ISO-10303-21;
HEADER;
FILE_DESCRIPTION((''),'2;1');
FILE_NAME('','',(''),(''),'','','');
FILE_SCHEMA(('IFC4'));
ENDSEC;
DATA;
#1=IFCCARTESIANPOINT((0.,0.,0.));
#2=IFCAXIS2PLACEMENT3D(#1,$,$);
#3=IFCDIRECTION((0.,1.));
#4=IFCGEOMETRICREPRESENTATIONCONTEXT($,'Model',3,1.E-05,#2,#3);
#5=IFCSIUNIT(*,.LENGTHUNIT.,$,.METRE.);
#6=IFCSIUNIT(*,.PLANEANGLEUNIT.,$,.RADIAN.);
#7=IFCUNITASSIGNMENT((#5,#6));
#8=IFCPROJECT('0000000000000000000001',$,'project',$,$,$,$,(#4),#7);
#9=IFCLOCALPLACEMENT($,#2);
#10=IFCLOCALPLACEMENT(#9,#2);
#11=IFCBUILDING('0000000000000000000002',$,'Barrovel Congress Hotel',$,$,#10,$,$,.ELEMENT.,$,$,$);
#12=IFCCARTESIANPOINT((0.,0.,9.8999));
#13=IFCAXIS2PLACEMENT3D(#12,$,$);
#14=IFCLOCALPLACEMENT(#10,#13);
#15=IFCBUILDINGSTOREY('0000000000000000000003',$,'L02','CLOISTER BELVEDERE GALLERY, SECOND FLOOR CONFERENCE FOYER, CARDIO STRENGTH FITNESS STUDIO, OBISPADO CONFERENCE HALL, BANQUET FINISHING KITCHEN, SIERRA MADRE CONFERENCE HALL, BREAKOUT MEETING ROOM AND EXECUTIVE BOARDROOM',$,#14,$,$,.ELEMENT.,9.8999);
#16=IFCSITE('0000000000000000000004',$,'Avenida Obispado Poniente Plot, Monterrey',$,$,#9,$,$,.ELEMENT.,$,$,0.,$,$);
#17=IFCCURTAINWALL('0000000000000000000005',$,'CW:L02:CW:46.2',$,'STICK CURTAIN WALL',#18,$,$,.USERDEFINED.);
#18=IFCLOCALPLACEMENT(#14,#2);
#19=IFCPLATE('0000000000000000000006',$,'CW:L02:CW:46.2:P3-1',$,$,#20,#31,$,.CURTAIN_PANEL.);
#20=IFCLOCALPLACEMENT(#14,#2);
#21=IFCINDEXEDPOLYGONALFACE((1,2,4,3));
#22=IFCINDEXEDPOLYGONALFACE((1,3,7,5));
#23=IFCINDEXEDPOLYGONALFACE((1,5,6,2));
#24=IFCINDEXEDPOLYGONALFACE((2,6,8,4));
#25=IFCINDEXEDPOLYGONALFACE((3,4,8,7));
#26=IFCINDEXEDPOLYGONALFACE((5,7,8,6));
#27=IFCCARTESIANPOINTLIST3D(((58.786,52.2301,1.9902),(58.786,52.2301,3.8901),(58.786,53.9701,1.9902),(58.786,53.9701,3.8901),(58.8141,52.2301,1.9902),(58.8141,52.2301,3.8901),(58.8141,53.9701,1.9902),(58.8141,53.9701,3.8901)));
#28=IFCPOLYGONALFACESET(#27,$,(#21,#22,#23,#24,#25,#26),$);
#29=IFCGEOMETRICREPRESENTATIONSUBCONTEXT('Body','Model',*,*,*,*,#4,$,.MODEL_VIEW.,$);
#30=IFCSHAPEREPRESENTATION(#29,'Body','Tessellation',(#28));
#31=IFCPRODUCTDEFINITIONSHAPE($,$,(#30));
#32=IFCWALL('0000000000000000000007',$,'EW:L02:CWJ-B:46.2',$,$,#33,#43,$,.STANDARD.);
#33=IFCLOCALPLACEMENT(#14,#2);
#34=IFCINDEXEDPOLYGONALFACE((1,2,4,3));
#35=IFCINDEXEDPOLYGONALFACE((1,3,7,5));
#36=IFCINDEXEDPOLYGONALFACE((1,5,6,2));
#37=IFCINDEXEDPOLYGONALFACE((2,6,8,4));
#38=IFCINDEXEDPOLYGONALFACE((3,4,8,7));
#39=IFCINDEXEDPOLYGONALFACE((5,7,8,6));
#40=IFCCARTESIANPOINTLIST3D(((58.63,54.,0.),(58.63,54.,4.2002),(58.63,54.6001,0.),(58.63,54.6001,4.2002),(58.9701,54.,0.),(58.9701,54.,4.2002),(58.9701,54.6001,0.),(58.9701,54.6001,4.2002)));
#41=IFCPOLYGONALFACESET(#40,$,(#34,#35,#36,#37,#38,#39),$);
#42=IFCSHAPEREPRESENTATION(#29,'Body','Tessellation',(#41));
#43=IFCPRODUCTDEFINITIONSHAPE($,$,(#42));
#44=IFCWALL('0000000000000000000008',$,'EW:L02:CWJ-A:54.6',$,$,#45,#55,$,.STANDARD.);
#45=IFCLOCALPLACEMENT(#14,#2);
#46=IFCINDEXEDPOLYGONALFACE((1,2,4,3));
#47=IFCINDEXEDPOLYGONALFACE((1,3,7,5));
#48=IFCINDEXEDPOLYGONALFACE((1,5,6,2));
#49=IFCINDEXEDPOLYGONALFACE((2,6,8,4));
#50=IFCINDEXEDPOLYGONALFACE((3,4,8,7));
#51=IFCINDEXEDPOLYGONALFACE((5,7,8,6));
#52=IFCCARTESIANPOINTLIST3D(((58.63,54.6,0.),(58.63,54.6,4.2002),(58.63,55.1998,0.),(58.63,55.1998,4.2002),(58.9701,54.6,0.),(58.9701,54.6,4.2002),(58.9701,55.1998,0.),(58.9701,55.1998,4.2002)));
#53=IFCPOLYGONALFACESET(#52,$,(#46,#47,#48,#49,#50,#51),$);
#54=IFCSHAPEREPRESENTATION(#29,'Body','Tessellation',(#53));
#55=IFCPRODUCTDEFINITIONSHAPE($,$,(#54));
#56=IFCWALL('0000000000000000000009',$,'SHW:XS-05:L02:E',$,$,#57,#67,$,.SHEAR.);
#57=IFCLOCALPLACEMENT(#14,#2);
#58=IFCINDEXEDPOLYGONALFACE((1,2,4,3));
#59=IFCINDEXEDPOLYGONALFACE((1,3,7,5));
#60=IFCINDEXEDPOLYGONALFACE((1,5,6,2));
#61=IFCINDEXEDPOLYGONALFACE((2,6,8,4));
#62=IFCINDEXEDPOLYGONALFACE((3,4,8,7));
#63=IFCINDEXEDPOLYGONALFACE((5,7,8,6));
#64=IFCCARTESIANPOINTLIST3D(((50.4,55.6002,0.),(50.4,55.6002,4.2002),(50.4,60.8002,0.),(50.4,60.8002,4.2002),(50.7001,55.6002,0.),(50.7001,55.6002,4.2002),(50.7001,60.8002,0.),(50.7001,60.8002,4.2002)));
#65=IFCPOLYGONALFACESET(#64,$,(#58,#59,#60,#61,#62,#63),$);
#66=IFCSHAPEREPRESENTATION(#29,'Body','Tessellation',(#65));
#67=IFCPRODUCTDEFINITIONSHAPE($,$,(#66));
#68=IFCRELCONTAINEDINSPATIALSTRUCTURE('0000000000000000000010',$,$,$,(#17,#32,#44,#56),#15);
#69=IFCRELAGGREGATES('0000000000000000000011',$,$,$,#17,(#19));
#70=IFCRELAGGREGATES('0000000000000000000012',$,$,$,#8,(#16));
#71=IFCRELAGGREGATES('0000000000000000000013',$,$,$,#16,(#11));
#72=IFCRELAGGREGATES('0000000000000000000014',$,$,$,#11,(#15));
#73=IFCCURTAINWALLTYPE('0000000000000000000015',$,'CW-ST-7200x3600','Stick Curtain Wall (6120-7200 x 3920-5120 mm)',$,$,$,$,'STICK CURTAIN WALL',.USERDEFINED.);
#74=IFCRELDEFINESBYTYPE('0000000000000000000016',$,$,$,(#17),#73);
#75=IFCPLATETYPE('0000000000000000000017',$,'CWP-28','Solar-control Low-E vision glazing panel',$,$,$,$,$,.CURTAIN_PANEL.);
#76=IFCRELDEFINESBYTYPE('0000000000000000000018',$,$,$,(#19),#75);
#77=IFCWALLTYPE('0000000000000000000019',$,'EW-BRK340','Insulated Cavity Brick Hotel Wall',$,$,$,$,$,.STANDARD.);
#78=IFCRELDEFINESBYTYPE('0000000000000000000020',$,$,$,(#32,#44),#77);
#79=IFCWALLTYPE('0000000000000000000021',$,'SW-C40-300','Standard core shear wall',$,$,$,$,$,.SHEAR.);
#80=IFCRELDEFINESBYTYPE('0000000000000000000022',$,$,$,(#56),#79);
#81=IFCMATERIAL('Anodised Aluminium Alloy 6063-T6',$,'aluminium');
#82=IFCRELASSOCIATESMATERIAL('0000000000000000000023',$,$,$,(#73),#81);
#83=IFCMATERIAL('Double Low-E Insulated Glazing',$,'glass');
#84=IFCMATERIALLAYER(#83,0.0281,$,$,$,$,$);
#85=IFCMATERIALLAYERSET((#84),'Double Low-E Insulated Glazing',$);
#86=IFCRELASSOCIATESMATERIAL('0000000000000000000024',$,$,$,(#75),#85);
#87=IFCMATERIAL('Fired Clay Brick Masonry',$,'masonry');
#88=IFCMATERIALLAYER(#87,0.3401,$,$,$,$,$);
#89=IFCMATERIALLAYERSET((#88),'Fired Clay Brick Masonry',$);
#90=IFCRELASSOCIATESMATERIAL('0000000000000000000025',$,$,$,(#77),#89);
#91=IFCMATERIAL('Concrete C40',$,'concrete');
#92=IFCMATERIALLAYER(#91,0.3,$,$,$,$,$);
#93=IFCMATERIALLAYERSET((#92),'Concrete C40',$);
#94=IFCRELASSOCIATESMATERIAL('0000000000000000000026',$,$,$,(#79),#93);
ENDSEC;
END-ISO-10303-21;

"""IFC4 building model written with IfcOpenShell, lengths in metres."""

from ifc_helpers import new_model, si_unit, direction, frame, frame_2d, origin, origin_2d, place, context, subcontext, project, spatial, rectangle, extrude, material, layer, layer_set, type_object, element, aggregate, save


model = new_model("IFC4")

# Units and contexts
model_context = context("Model", 3, precision=1e-05, world=origin(), true_north=direction((0.0, 1.0)))
body_context = subcontext(model_context, "Body", "Model", "MODEL_VIEW")
ifc_project = project(units=[si_unit("LENGTHUNIT", "METRE"), si_unit("PLANEANGLEUNIT", "RADIAN")], contexts=[model_context])

# Site, building, storey
site_placement = place(None, origin())
site = spatial("IfcSite", under=ifc_project, at=site_placement, Name="Avenida Obispado Poniente Plot, Monterrey", CompositionType="ELEMENT", RefElevation=0.0)
building_placement = place(site_placement, origin())
building = spatial("IfcBuilding", under=site, at=building_placement, Name="Barrovel Congress Hotel", CompositionType="ELEMENT")
storey_placement = place(building_placement, frame((0.0, 0.0, 9.8999)))
storey = spatial("IfcBuildingStorey", under=building, at=storey_placement, Name="L02", Description="CLOISTER BELVEDERE GALLERY, SECOND FLOOR CONFERENCE FOYER, CARDIO STRENGTH FITNESS STUDIO, OBISPADO CONFERENCE HALL, BANQUET FINISHING KITCHEN, SIERRA MADRE CONFERENCE HALL, BREAKOUT MEETING ROOM AND EXECUTIVE BOARDROOM", CompositionType="ELEMENT", Elevation=9.8999)

# Shared definitions
ifc_material_1 = material(Name="Concrete C40", Category="concrete")

# Curtain wall
ifc_material_2 = material(Name="Anodised Aluminium Alloy 6063-T6", Category="aluminium")
curtain_wall_type = type_object("IfcCurtainWallType", Name="CW-ST-7200x3600", Description="Stick Curtain Wall (6120-7200 x 3920-5120 mm)", ElementType="STICK CURTAIN WALL", PredefinedType="USERDEFINED", material=ifc_material_2)
curtain_wall_placement = place(storey_placement, origin())
curtain_wall = element("IfcCurtainWall", 1, at=curtain_wall_placement, inside=storey, type_object=curtain_wall_type, Name="CW:L02:CW:46.2", ObjectType="STICK CURTAIN WALL", PredefinedType="USERDEFINED")

# Plate
ifc_material_3 = material(Name="Double Low-E Insulated Glazing", Category="glass")
ifc_layer_1 = layer(ifc_material_3, 0.0281)
ifc_layer_set_1 = layer_set([ifc_layer_1], Name="Double Low-E Insulated Glazing")
plate_type = type_object("IfcPlateType", Name="CWP-28", Description="Solar-control Low-E vision glazing panel", PredefinedType="CURTAIN_PANEL", material=ifc_layer_set_1)
plate_1_placement = place(storey_placement, frame((58.8, 53.1001, 1.9902), z_axis=(0.0, 0.0, 1.0), x_axis=(0.0, 1.0, 0.0)))
plate_1 = element("IfcPlate", 2, at=plate_1_placement, type_object=plate_type, Name="CW:L02:CW:46.2:P3-1", PredefinedType="CURTAIN_PANEL", context=body_context, shape_type="SweptSolid", body=[
    extrude(rectangle(XDim=1.74, YDim=0.0281, at=origin_2d()), origin(), (0.0, 0.0, 1.0), 1.8999),
])
aggregate(curtain_wall, [plate_1])

# Walls
ifc_material_4 = material(Name="Fired Clay Brick Masonry", Category="masonry")
ifc_layer_2 = layer(ifc_material_4, 0.3401)
ifc_layer_set_2 = layer_set([ifc_layer_2], Name="Fired Clay Brick Masonry")
wall_type_1 = type_object("IfcWallType", Name="EW-BRK340", Description="Insulated Cavity Brick Hotel Wall", PredefinedType="STANDARD", material=ifc_layer_set_2)
wall_1_placement = place(storey_placement, frame((58.8, 54.0, 0.0), z_axis=(0.0, 0.0, 1.0), x_axis=(0.0, 1.0, 0.0)))
element("IfcWall", 3, at=wall_1_placement, inside=storey, type_object=wall_type_1, Name="EW:L02:CWJ-B:46.2", PredefinedType="STANDARD", context=body_context, shape_type="SweptSolid", body=[
    extrude(rectangle(XDim=0.6001, YDim=0.3401, at=frame_2d((0.3, 0.0))), origin(), (0.0, 0.0, 1.0), 4.2002),
])
wall_2_placement = place(storey_placement, frame((58.8, 54.6001, 0.0), z_axis=(0.0, 0.0, 1.0), x_axis=(0.0, 1.0, 0.0)))
element("IfcWall", 4, at=wall_2_placement, inside=storey, type_object=wall_type_1, Name="EW:L02:CWJ-A:54.6", PredefinedType="STANDARD", context=body_context, shape_type="SweptSolid", body=[
    extrude(rectangle(XDim=0.5999, YDim=0.3401, at=frame_2d((0.2998, 0.0))), origin(), (0.0, 0.0, 1.0), 4.2002),
])
ifc_layer_3 = layer(ifc_material_1, 0.3)
ifc_layer_set_3 = layer_set([ifc_layer_3], Name="Concrete C40")
wall_type_2 = type_object("IfcWallType", Name="SW-C40-300", Description="Standard core shear wall", PredefinedType="SHEAR", material=ifc_layer_set_3)
wall_3_placement = place(storey_placement, frame((50.55, 55.6001, 0.0), z_axis=(0.0, 0.0, 1.0), x_axis=(0.0, 1.0, 0.0)))
element("IfcWall", 5, at=wall_3_placement, inside=storey, type_object=wall_type_2, Name="SHW:XS-05:L02:E", PredefinedType="SHEAR", context=body_context, shape_type="SweptSolid", body=[
    extrude(rectangle(XDim=5.2, YDim=0.3, at=frame_2d((2.6001, 0.0))), origin(), (0.0, 0.0, 1.0), 4.2002),
])

save(model, "model.ifc")
